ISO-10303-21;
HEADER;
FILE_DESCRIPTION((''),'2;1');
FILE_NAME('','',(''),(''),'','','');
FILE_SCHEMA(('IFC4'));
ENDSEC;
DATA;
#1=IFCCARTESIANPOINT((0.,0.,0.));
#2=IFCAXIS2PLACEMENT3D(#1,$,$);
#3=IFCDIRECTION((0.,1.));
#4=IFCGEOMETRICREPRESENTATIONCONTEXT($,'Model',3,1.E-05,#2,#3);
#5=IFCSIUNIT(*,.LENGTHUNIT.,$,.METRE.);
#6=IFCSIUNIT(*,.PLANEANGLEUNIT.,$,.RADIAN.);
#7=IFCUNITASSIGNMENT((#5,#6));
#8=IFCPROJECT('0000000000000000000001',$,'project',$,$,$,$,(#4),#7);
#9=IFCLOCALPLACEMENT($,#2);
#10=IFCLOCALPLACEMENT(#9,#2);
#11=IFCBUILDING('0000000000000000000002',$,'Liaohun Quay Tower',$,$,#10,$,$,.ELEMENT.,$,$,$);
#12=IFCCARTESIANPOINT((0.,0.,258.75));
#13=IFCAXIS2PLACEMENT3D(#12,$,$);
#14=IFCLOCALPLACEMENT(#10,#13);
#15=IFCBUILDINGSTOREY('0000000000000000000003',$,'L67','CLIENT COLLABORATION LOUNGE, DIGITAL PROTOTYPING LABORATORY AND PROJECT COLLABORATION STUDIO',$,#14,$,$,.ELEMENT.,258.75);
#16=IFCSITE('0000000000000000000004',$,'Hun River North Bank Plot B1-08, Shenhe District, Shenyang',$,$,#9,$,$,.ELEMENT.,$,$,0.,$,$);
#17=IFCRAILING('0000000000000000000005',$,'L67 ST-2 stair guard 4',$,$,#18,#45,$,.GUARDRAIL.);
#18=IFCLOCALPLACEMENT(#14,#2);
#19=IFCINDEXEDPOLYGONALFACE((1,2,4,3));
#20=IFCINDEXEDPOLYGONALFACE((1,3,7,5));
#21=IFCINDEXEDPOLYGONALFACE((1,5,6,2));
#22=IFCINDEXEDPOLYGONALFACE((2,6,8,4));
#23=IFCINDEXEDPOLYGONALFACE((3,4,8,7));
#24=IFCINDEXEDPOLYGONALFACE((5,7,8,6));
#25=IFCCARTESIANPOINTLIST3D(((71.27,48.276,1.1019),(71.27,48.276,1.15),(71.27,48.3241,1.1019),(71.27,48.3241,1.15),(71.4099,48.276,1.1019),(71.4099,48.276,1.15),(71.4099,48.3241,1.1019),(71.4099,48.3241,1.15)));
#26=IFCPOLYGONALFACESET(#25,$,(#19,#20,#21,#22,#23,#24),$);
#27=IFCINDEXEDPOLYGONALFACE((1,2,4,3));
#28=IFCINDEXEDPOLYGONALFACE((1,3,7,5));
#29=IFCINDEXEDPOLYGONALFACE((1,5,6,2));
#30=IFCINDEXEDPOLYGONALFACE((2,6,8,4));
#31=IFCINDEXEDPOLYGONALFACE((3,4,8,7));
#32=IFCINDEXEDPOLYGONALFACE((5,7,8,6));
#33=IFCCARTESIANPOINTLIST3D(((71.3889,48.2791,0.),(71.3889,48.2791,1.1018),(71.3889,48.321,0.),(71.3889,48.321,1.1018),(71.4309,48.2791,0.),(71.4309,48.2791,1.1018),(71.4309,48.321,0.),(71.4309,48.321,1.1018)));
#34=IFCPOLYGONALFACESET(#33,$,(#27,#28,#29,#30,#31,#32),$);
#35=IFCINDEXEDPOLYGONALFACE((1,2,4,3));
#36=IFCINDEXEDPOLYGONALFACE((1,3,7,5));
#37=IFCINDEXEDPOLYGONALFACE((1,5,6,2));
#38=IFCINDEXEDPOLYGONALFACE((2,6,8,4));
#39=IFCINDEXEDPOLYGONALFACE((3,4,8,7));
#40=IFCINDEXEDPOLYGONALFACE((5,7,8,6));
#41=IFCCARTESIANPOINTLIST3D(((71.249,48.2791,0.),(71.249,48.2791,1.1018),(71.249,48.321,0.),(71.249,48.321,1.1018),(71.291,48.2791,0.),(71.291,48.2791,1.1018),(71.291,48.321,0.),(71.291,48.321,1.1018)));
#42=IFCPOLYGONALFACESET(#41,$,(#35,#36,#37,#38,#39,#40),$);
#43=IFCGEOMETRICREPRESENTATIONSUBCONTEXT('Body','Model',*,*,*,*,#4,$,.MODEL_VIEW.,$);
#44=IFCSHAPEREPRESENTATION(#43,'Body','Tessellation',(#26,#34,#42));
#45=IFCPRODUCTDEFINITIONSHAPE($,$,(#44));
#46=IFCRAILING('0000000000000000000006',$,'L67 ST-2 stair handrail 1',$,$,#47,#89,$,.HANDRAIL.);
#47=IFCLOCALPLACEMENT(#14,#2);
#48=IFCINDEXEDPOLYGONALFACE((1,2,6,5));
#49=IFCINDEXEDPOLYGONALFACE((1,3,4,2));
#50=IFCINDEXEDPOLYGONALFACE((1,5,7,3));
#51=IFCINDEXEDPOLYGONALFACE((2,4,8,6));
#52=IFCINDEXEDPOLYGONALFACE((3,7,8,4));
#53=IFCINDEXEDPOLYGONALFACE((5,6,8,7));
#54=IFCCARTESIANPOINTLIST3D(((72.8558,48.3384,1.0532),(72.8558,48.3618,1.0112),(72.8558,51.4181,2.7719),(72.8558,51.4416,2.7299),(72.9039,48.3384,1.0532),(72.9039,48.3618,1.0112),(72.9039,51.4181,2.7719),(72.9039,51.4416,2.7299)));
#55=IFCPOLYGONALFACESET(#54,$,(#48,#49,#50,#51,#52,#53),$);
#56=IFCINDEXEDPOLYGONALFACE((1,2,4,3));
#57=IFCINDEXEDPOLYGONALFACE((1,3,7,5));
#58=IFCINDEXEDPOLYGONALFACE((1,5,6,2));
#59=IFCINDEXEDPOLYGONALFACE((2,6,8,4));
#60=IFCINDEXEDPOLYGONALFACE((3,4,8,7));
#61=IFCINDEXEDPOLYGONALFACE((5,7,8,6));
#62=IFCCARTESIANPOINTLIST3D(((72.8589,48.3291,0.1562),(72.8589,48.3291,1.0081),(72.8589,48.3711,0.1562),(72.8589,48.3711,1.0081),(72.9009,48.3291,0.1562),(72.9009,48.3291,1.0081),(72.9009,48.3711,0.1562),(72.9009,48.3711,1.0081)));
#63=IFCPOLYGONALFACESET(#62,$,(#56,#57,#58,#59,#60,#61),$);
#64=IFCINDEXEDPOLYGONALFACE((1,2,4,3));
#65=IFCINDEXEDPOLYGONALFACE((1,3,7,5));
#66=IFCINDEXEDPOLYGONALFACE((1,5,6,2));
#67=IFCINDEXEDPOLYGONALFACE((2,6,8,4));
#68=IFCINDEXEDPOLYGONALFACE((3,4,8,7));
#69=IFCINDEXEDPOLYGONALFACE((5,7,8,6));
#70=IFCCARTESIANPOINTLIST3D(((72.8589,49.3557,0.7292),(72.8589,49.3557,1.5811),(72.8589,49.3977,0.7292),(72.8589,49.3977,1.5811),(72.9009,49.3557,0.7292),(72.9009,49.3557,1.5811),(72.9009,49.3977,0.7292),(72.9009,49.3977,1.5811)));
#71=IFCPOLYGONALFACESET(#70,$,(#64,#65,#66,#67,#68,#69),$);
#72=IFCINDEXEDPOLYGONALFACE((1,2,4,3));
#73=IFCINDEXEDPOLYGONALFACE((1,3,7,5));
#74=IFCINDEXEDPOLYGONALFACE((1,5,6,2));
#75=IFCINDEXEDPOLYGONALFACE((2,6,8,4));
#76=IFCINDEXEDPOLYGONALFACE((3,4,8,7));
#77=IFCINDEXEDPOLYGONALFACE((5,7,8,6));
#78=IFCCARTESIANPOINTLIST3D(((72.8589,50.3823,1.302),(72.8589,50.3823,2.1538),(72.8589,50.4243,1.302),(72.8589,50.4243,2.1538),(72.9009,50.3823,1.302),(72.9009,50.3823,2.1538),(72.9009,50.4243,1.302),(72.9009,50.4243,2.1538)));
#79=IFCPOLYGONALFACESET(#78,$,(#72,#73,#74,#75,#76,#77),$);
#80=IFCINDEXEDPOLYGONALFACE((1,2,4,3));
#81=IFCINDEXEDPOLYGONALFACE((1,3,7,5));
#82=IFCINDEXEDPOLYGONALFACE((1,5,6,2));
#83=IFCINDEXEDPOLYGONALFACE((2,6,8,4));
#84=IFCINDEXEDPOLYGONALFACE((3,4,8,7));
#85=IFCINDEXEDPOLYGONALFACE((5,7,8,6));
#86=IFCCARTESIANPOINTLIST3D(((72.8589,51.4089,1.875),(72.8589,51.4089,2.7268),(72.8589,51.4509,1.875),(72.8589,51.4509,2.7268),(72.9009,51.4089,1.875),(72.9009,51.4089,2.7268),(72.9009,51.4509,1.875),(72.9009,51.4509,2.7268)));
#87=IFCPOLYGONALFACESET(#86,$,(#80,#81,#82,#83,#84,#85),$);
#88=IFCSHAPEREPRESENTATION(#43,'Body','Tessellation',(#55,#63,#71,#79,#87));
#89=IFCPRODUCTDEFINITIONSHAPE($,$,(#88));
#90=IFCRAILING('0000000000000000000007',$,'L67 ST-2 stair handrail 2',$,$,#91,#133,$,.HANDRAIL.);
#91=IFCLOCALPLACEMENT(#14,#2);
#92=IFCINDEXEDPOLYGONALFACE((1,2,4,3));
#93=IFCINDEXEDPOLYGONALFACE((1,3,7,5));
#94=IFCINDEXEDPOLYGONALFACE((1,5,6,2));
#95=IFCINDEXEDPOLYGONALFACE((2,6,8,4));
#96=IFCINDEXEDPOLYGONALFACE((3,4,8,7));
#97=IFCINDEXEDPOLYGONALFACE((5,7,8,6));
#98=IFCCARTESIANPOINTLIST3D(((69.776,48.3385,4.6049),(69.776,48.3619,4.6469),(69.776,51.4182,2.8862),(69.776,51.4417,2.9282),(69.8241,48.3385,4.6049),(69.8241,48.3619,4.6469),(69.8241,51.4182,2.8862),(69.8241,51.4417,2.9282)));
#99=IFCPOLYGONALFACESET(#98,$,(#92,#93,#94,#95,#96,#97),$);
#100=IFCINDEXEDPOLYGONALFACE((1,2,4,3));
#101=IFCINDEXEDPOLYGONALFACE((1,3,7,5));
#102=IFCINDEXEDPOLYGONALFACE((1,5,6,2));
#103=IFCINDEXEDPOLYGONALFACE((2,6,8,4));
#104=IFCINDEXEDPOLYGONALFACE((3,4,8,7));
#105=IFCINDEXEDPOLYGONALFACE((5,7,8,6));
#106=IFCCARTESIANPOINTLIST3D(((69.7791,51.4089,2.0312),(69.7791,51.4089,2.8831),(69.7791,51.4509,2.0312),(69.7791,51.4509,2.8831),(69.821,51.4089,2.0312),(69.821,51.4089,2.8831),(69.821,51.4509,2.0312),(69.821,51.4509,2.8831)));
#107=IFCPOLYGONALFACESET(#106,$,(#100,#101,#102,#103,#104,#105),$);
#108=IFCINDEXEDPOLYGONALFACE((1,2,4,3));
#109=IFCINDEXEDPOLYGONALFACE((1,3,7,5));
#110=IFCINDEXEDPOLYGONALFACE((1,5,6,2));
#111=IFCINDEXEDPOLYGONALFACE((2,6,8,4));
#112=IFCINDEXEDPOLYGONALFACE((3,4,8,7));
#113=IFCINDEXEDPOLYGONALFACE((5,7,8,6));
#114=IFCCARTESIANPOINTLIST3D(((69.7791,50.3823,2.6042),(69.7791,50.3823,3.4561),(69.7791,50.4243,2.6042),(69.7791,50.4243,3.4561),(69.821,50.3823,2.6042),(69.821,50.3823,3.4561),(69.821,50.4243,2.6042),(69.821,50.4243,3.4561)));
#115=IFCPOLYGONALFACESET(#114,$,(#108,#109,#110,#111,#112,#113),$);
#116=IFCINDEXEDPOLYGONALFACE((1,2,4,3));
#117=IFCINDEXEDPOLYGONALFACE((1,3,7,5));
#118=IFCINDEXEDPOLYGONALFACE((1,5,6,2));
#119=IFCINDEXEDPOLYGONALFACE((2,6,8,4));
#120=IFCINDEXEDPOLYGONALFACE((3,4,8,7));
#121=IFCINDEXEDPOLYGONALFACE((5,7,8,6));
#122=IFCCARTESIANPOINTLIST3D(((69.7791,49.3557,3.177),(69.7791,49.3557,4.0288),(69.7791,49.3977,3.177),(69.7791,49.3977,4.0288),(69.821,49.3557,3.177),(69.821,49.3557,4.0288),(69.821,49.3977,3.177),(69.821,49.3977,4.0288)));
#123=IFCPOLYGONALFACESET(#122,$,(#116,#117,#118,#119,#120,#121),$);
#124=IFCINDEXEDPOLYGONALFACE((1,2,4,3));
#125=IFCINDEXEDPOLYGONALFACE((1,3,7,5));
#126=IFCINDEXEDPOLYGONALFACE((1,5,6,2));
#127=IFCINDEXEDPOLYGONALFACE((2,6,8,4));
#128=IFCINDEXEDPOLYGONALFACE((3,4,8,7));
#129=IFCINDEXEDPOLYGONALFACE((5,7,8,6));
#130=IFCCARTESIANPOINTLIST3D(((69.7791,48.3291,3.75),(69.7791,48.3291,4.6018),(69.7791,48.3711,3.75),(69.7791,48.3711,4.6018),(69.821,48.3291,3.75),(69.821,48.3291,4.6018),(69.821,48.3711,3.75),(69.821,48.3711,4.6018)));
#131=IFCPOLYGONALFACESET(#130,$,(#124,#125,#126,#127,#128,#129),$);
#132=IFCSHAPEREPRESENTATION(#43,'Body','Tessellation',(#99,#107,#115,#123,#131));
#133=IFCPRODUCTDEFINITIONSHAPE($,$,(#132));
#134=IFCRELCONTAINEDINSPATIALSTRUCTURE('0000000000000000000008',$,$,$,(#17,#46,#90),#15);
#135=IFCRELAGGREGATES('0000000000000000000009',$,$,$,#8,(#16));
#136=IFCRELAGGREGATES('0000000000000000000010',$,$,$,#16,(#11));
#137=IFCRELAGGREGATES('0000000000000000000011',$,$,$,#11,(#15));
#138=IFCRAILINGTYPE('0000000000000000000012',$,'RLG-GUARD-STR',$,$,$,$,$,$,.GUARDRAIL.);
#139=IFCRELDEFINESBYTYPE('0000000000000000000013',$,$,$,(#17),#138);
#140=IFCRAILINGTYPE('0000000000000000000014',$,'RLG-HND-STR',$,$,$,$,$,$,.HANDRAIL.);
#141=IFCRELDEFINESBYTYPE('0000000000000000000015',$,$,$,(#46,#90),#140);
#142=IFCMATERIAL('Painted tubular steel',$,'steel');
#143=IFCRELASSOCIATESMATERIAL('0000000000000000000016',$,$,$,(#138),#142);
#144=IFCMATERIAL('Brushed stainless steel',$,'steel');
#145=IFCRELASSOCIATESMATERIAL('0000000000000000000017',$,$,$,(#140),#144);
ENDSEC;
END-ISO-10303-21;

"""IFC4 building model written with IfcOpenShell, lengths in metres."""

from ifc_helpers import new_model, si_unit, direction, frame, origin, origin_2d, place, context, subcontext, project, spatial, rectangle, extrude, material, type_object, element, save


model = new_model("IFC4")

# Units and contexts
model_context = context("Model", 3, precision=1e-05, world=origin(), true_north=direction((0.0, 1.0)))
body_context = subcontext(model_context, "Body", "Model", "MODEL_VIEW")
ifc_project = project(units=[si_unit("LENGTHUNIT", "METRE"), si_unit("PLANEANGLEUNIT", "RADIAN")], contexts=[model_context])

# Site, building, storey
site_placement = place(None, origin())
site = spatial("IfcSite", under=ifc_project, at=site_placement, Name="Hun River North Bank Plot B1-08, Shenhe District, Shenyang", CompositionType="ELEMENT", RefElevation=0.0)
building_placement = place(site_placement, origin())
building = spatial("IfcBuilding", under=site, at=building_placement, Name="Liaohun Quay Tower", CompositionType="ELEMENT")
storey_placement = place(building_placement, frame((0.0, 0.0, 258.75)))
storey = spatial("IfcBuildingStorey", under=building, at=storey_placement, Name="L67", Description="CLIENT COLLABORATION LOUNGE, DIGITAL PROTOTYPING LABORATORY AND PROJECT COLLABORATION STUDIO", CompositionType="ELEMENT", Elevation=258.75)

# Railings
ifc_material_1 = material(Name="Painted tubular steel", Category="steel")
railing_type_1 = type_object("IfcRailingType", Name="RLG-GUARD-STR", PredefinedType="GUARDRAIL", material=ifc_material_1)
railing_1_placement = place(storey_placement, frame((71.4099, 48.3, 0.0)))
element("IfcRailing", 1, at=railing_1_placement, inside=storey, type_object=railing_type_1, Name="L67 ST-2 stair guard 4", PredefinedType="GUARDRAIL", context=body_context, shape_type="SweptSolid", body=[
    extrude(rectangle(XDim=0.0481, YDim=0.0481, at=origin_2d()), frame((0.0, 0.0, 1.126), z_axis=(-1.0, 0.0, 0.0), x_axis=(0.0, -1.0, 0.0)), (0.0, 0.0, 1.0), 0.1399),
    extrude(rectangle(XDim=0.042, YDim=0.042, at=origin_2d()), origin(), (0.0, 0.0, 1.0), 1.1018),
    extrude(rectangle(XDim=0.042, YDim=0.042, at=origin_2d()), frame((-0.1399, 0.0, 0.0)), (0.0, 0.0, 1.0), 1.1018),
])
ifc_material_2 = material(Name="Brushed stainless steel", Category="steel")
railing_type_2 = type_object("IfcRailingType", Name="RLG-HND-STR", PredefinedType="HANDRAIL", material=ifc_material_2)
railing_2_placement = place(storey_placement, frame((72.8799, 48.3501, 0.1562)))
element("IfcRailing", 2, at=railing_2_placement, inside=storey, type_object=railing_type_2, Name="L67 ST-2 stair handrail 1", PredefinedType="HANDRAIL", context=body_context, shape_type="SweptSolid", body=[
    extrude(rectangle(XDim=0.0481, YDim=0.0481, at=origin_2d()), frame((0.0, 0.0, 0.876), z_axis=(0.0, 0.873225, 0.487317), x_axis=(-1.0, 0.0, 0.0)), (0.0, 0.0, 1.0), 3.5269),
    extrude(rectangle(XDim=0.042, YDim=0.042, at=origin_2d()), origin(), (0.0, 0.0, 1.0), 0.8518),
    extrude(rectangle(XDim=0.042, YDim=0.042, at=origin_2d()), frame((0.0, 1.0266, 0.573)), (0.0, 0.0, 1.0), 0.8518),
    extrude(rectangle(XDim=0.042, YDim=0.042, at=origin_2d()), frame((0.0, 2.0532, 1.1458)), (0.0, 0.0, 1.0), 0.8518),
    extrude(rectangle(XDim=0.042, YDim=0.042, at=origin_2d()), frame((0.0, 3.0798, 1.7188)), (0.0, 0.0, 1.0), 0.8518),
])
railing_3_placement = place(storey_placement, frame((69.8, 51.4299, 2.0312)))
element("IfcRailing", 3, at=railing_3_placement, inside=storey, type_object=railing_type_2, Name="L67 ST-2 stair handrail 2", PredefinedType="HANDRAIL", context=body_context, shape_type="SweptSolid", body=[
    extrude(rectangle(XDim=0.0481, YDim=0.0481, at=origin_2d()), frame((0.0, 0.0, 0.876), z_axis=(0.0, -0.873225, 0.487317), x_axis=(1.0, 0.0, 0.0)), (0.0, 0.0, 1.0), 3.5269),
    extrude(rectangle(XDim=0.042, YDim=0.042, at=origin_2d()), origin(), (0.0, 0.0, 1.0), 0.8518),
    extrude(rectangle(XDim=0.042, YDim=0.042, at=origin_2d()), frame((0.0, -1.0266, 0.573)), (0.0, 0.0, 1.0), 0.8518),
    extrude(rectangle(XDim=0.042, YDim=0.042, at=origin_2d()), frame((0.0, -2.0532, 1.1458)), (0.0, 0.0, 1.0), 0.8518),
    extrude(rectangle(XDim=0.042, YDim=0.042, at=origin_2d()), frame((0.0, -3.0798, 1.7188)), (0.0, 0.0, 1.0), 0.8518),
])

save(model, "model.ifc")
